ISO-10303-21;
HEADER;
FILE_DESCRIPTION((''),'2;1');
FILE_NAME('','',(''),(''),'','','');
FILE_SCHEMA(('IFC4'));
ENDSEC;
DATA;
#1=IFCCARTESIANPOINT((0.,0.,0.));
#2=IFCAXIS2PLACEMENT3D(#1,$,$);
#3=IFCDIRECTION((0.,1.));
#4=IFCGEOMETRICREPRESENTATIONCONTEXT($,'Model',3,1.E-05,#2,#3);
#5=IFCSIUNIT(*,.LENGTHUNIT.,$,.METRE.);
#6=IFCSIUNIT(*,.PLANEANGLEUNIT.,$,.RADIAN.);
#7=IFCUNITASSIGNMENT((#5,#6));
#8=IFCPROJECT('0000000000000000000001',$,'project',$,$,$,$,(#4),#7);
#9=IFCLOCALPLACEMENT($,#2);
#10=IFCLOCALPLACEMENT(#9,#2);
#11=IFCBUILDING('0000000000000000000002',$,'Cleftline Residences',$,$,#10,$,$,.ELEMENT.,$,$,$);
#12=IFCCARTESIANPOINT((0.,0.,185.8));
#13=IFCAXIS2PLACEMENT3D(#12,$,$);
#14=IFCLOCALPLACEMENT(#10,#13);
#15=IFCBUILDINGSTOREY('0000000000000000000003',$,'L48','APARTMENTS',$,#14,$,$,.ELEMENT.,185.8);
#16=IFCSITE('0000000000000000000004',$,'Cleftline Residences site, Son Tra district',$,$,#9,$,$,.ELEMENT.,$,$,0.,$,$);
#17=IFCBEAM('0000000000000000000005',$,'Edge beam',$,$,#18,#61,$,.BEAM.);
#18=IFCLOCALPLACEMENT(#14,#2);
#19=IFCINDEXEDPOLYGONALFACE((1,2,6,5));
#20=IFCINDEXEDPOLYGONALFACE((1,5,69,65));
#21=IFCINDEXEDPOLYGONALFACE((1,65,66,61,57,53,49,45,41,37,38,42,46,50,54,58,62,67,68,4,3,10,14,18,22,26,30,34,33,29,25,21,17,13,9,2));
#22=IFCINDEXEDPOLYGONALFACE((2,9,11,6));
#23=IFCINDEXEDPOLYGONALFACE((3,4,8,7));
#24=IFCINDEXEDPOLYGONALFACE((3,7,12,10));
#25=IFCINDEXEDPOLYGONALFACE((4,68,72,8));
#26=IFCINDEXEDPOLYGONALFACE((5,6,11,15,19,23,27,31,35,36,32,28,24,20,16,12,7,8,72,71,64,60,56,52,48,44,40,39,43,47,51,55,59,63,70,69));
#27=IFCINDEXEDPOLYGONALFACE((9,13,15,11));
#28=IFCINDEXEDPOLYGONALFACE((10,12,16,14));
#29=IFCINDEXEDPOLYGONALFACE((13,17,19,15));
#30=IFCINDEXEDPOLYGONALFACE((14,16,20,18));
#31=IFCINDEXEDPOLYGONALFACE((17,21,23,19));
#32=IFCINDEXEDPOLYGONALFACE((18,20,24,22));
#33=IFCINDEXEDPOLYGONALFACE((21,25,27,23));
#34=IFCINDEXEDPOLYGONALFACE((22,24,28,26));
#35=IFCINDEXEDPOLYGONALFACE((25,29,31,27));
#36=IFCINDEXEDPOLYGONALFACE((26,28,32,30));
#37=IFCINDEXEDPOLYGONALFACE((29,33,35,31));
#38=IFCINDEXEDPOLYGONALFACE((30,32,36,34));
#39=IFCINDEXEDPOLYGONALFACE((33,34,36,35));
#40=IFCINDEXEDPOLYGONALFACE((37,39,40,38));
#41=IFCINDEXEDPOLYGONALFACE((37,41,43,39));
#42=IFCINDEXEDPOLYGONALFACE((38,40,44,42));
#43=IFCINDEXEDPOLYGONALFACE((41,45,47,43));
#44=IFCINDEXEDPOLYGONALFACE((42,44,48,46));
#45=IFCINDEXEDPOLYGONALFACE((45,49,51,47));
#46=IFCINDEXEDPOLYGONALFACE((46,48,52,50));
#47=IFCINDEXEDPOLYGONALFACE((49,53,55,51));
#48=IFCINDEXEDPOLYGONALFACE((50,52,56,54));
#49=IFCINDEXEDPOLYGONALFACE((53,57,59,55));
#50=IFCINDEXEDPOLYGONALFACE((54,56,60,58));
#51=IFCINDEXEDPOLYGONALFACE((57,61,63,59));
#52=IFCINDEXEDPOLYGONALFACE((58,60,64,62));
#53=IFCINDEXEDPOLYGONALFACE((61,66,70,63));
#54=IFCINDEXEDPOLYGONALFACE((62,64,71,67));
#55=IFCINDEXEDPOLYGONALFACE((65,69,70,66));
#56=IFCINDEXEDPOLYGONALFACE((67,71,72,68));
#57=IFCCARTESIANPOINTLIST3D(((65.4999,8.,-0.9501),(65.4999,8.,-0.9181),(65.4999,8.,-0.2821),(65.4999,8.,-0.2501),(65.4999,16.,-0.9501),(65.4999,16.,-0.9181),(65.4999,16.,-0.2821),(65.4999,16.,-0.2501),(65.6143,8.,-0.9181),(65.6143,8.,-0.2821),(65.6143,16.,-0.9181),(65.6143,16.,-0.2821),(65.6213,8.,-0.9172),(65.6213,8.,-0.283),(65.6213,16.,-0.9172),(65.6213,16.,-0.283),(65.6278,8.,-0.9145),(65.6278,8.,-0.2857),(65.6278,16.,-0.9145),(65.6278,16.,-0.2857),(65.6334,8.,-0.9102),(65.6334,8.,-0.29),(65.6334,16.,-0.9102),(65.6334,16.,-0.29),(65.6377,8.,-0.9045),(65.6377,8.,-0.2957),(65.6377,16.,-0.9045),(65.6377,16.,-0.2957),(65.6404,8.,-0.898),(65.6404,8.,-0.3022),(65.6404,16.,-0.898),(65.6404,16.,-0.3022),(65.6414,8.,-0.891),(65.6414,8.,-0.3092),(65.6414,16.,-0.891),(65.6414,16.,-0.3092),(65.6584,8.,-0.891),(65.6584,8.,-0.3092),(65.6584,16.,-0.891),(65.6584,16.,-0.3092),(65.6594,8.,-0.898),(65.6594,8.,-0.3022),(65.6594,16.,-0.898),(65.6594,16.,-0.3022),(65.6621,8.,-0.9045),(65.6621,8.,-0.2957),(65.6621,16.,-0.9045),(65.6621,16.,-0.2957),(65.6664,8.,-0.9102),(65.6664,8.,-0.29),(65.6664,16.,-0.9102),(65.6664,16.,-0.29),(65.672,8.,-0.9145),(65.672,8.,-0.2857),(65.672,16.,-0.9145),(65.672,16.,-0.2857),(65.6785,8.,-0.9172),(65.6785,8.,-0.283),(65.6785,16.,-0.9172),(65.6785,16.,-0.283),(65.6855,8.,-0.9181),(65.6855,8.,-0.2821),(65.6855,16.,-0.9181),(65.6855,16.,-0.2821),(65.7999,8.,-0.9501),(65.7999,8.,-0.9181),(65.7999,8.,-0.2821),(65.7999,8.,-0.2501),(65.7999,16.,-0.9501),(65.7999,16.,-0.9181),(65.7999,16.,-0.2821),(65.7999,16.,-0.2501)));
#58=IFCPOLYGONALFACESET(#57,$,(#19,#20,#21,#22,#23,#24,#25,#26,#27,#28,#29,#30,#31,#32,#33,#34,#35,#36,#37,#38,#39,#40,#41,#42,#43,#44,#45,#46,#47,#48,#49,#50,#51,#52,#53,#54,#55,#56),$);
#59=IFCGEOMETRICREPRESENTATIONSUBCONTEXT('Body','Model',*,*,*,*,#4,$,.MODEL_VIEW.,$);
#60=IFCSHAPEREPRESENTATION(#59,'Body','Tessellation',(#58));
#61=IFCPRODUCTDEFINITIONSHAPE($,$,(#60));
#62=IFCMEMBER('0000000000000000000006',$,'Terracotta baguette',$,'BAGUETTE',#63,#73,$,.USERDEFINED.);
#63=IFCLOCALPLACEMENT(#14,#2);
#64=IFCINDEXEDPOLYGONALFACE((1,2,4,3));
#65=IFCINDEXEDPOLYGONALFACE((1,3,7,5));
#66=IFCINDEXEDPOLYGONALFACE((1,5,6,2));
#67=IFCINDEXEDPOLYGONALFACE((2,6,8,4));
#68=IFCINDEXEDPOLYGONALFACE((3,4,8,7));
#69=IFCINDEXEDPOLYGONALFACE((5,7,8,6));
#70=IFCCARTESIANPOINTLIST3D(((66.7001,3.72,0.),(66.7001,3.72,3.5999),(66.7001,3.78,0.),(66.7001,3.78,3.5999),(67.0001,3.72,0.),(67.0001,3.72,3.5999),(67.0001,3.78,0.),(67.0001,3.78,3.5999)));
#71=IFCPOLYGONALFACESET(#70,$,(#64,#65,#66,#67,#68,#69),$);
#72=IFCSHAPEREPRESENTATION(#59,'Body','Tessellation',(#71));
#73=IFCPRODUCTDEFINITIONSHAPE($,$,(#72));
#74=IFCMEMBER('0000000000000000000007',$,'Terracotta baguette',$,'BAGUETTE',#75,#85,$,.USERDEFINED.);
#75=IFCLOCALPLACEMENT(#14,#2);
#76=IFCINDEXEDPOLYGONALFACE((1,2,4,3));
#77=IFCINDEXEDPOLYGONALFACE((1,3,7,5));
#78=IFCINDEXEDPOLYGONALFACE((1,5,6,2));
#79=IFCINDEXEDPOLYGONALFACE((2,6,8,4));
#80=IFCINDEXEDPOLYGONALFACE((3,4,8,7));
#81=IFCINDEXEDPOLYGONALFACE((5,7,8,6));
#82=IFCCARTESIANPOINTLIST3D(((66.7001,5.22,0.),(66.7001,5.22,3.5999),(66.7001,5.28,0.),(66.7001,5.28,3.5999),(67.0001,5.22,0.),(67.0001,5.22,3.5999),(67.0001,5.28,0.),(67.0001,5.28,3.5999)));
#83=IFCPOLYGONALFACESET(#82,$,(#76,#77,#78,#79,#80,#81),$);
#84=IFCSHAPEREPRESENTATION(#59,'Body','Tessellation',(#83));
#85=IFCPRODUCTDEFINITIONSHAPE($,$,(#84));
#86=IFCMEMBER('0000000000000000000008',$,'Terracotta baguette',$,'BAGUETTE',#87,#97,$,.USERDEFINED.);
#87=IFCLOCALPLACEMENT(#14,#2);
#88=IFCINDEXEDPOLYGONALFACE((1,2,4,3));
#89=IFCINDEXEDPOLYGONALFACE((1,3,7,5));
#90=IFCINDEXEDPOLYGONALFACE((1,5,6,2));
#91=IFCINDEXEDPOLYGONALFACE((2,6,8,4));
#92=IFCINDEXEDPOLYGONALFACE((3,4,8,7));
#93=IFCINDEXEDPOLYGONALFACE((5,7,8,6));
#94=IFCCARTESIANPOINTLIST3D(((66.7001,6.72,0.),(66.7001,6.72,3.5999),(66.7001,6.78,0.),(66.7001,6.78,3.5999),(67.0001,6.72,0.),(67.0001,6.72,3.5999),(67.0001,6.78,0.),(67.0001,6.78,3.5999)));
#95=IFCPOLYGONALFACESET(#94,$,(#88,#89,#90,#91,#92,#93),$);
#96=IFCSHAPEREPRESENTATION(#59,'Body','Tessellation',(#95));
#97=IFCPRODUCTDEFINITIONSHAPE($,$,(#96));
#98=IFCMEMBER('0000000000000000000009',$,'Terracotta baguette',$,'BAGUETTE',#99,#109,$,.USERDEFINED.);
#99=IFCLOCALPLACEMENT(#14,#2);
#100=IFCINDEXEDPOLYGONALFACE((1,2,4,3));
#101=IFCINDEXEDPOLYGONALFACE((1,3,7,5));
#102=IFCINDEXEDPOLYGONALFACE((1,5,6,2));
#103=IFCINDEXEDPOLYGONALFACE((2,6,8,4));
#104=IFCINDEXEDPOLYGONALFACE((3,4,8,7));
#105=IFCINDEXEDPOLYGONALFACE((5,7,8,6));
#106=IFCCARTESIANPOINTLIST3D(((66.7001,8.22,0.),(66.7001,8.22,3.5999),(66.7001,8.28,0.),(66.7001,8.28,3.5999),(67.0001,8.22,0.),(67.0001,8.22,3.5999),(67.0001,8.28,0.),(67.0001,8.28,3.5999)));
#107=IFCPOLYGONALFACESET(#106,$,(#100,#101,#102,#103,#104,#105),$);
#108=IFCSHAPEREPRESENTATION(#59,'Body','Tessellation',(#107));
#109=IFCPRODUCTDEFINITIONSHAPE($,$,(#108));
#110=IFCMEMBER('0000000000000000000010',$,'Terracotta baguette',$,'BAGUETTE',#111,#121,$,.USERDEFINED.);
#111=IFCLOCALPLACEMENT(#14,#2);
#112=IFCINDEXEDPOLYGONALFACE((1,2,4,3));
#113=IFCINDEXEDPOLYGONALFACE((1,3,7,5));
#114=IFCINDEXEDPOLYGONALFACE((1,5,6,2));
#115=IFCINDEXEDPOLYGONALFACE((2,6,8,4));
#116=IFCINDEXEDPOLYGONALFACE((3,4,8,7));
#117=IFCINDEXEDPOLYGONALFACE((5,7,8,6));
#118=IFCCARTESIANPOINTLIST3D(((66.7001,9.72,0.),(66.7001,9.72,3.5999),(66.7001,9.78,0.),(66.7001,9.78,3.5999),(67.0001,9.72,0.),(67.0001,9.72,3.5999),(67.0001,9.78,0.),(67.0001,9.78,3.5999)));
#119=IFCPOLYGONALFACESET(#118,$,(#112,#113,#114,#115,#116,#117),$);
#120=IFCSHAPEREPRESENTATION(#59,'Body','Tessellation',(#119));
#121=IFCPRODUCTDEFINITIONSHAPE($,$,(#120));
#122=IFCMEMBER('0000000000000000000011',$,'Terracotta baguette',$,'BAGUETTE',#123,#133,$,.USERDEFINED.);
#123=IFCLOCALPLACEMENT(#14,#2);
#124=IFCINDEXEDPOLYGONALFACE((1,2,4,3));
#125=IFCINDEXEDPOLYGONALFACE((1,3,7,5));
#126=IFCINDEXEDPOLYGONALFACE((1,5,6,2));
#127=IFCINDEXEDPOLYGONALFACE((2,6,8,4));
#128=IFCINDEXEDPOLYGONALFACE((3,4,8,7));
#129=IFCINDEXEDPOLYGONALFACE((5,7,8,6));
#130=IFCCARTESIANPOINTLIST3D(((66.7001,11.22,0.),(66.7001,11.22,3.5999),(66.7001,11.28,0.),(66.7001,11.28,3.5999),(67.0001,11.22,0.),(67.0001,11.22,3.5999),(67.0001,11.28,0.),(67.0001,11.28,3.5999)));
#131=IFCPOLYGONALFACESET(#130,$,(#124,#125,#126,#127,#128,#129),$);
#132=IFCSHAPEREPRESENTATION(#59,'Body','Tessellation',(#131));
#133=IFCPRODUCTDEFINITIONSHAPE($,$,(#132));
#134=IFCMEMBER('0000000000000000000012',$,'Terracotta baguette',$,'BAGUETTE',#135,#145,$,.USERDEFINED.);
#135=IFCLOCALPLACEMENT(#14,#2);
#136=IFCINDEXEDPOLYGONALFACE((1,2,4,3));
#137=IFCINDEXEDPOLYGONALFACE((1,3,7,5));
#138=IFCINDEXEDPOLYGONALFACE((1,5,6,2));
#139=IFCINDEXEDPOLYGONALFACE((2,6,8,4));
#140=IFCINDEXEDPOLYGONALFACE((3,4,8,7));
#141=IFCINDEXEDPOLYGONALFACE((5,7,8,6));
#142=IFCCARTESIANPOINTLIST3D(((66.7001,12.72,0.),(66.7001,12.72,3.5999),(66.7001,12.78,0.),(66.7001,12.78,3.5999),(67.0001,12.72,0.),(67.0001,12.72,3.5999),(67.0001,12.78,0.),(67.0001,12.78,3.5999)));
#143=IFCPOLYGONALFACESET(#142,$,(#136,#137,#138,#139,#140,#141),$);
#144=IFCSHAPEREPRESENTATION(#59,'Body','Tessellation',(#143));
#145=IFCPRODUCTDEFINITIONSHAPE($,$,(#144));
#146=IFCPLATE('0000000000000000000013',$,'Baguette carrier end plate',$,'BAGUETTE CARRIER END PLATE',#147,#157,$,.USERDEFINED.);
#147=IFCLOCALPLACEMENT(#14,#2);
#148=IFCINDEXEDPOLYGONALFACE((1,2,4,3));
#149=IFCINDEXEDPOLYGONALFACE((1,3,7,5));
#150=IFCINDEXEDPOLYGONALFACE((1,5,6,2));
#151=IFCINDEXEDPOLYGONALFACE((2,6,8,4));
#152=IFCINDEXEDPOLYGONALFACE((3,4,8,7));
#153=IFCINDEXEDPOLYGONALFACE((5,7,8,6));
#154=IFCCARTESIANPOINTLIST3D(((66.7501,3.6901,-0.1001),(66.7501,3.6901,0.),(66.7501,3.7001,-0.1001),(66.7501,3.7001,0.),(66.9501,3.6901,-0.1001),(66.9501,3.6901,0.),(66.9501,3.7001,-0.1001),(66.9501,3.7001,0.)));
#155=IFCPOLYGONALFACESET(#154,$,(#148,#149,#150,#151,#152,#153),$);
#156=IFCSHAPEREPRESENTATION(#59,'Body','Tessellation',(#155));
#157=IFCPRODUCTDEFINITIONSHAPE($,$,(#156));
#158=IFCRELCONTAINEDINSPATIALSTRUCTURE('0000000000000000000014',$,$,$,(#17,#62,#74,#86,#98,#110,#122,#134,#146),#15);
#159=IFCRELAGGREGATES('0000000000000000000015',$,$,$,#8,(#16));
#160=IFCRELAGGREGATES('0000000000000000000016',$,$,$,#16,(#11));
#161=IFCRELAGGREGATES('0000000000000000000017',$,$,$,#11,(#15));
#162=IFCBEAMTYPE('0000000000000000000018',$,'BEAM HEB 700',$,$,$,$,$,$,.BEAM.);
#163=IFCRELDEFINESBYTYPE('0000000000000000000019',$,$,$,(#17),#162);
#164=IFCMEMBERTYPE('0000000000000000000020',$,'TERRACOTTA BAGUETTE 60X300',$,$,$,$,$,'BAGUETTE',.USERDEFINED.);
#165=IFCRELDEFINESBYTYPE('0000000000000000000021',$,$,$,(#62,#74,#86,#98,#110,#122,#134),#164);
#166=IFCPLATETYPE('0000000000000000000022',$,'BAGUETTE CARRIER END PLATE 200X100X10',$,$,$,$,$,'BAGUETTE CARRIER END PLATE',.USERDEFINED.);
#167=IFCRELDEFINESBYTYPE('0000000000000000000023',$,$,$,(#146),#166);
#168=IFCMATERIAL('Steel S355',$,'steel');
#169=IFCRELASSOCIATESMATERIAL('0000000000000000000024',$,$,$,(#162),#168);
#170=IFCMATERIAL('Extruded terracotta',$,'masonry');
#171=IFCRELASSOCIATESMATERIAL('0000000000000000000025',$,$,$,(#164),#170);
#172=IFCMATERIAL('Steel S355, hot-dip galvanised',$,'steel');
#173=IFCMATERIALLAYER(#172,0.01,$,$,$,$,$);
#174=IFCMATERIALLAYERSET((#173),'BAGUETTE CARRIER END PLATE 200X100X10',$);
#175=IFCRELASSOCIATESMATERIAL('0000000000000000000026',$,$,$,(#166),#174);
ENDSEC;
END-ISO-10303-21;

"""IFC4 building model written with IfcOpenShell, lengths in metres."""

from ifc_helpers import new_model, si_unit, direction, frame, origin, origin_2d, place, context, subcontext, project, spatial, rectangle, i_section, extrude, material, layer, layer_set, material_profile, profile_set, type_object, element, save


model = new_model("IFC4")

# Units and contexts
model_context = context("Model", 3, precision=1e-05, world=origin(), true_north=direction((0.0, 1.0)))
body_context = subcontext(model_context, "Body", "Model", "MODEL_VIEW")
ifc_project = project(units=[si_unit("LENGTHUNIT", "METRE"), si_unit("PLANEANGLEUNIT", "RADIAN")], contexts=[model_context])

# Site, building, storey
site_placement = place(None, origin())
site = spatial("IfcSite", under=ifc_project, at=site_placement, Name="Cleftline Residences site, Son Tra district", CompositionType="ELEMENT", RefElevation=0.0)
building_placement = place(site_placement, origin())
building = spatial("IfcBuilding", under=site, at=building_placement, Name="Cleftline Residences", CompositionType="ELEMENT")
storey_placement = place(building_placement, frame((0.0, 0.0, 185.8)))
storey = spatial("IfcBuildingStorey", under=building, at=storey_placement, Name="L48", Description="APARTMENTS", CompositionType="ELEMENT", Elevation=185.8)

# Beam
ifc_material_1 = material(Name="Steel S355", Category="steel")
ifc_material_profile_1 = material_profile(ifc_material_1, i_section(OverallWidth=0.3, OverallDepth=0.7, WebThickness=0.0171, FlangeThickness=0.032, FilletRadius=0.0271, at=origin_2d()))
ifc_profile_set_1 = profile_set([ifc_material_profile_1], Name="Steel S355")
beam_type = type_object("IfcBeamType", Name="BEAM HEB 700", PredefinedType="BEAM", material=ifc_profile_set_1)
beam_placement = place(storey_placement, frame((65.6499, 8.0, -0.6001), z_axis=(0.0, 1.0, 0.0), x_axis=(-1.0, 0.0, 0.0)))
element("IfcBeam", 1, at=beam_placement, inside=storey, type_object=beam_type, Name="Edge beam", PredefinedType="BEAM", context=body_context, shape_type="SweptSolid", body=[
    extrude(i_section(OverallWidth=0.3, OverallDepth=0.7, WebThickness=0.0171, FlangeThickness=0.032, FilletRadius=0.0271, at=origin_2d()), origin(), (0.0, 0.0, 1.0), 8.0),
])

# Members
ifc_material_2 = material(Name="Extruded terracotta", Category="masonry")
ifc_material_profile_2 = material_profile(ifc_material_2, rectangle(XDim=0.0601, YDim=0.3, at=origin_2d()))
ifc_profile_set_2 = profile_set([ifc_material_profile_2], Name="Extruded terracotta")
member_type_1 = type_object("IfcMemberType", Name="TERRACOTTA BAGUETTE 60X300", ElementType="BAGUETTE", PredefinedType="USERDEFINED", material=ifc_profile_set_2)
for number, where, z_axis, x_axis, name in (
    (2, (66.8501, 3.75, 0.0), (0.0, 0.0, 1.0), (0.0, 1.0, 0.0), "Terracotta baguette"),
    (3, (66.8501, 5.25, 0.0), (0.0, 0.0, 1.0), (0.0, 1.0, 0.0), "Terracotta baguette"),
    (4, (66.8501, 6.75, 0.0), (0.0, 0.0, 1.0), (0.0, 1.0, 0.0), "Terracotta baguette"),
    (5, (66.8501, 8.25, 0.0), (0.0, 0.0, 1.0), (0.0, 1.0, 0.0), "Terracotta baguette"),
    (6, (66.8501, 9.75, 0.0), (0.0, 0.0, 1.0), (0.0, 1.0, 0.0), "Terracotta baguette"),
    (7, (66.8501, 11.25, 0.0), (0.0, 0.0, 1.0), (0.0, 1.0, 0.0), "Terracotta baguette"),
    (8, (66.8501, 12.75, 0.0), (0.0, 0.0, 1.0), (0.0, 1.0, 0.0), "Terracotta baguette"),
):
    element("IfcMember", number, at=place(storey_placement, frame(where, z_axis=z_axis, x_axis=x_axis)), inside=storey, type_object=member_type_1, Name=name, ObjectType="BAGUETTE", PredefinedType="USERDEFINED", context=body_context, shape_type="SweptSolid", body=[
        extrude(rectangle(XDim=0.0601, YDim=0.3, at=origin_2d()), origin(), (0.0, 0.0, 1.0), 3.5999),
    ])

# Plate
ifc_material_3 = material(Name="Steel S355, hot-dip galvanised", Category="steel")
ifc_layer_1 = layer(ifc_material_3, 0.01)
ifc_layer_set_1 = layer_set([ifc_layer_1], Name="BAGUETTE CARRIER END PLATE 200X100X10")
plate_type = type_object("IfcPlateType", Name="BAGUETTE CARRIER END PLATE 200X100X10", ElementType="BAGUETTE CARRIER END PLATE", PredefinedType="USERDEFINED", material=ifc_layer_set_1)
plate_placement = place(storey_placement, frame((66.8501, 3.6951, -0.1001), z_axis=(0.0, 0.0, 1.0), x_axis=(1.0, 0.0, 0.0)))
element("IfcPlate", 9, at=plate_placement, inside=storey, type_object=plate_type, Name="Baguette carrier end plate", ObjectType="BAGUETTE CARRIER END PLATE", PredefinedType="USERDEFINED", context=body_context, shape_type="SweptSolid", body=[
    extrude(rectangle(XDim=0.2, YDim=0.01, at=origin_2d()), origin(), (0.0, 0.0, 1.0), 0.1001),
])

save(model, "model.ifc")
